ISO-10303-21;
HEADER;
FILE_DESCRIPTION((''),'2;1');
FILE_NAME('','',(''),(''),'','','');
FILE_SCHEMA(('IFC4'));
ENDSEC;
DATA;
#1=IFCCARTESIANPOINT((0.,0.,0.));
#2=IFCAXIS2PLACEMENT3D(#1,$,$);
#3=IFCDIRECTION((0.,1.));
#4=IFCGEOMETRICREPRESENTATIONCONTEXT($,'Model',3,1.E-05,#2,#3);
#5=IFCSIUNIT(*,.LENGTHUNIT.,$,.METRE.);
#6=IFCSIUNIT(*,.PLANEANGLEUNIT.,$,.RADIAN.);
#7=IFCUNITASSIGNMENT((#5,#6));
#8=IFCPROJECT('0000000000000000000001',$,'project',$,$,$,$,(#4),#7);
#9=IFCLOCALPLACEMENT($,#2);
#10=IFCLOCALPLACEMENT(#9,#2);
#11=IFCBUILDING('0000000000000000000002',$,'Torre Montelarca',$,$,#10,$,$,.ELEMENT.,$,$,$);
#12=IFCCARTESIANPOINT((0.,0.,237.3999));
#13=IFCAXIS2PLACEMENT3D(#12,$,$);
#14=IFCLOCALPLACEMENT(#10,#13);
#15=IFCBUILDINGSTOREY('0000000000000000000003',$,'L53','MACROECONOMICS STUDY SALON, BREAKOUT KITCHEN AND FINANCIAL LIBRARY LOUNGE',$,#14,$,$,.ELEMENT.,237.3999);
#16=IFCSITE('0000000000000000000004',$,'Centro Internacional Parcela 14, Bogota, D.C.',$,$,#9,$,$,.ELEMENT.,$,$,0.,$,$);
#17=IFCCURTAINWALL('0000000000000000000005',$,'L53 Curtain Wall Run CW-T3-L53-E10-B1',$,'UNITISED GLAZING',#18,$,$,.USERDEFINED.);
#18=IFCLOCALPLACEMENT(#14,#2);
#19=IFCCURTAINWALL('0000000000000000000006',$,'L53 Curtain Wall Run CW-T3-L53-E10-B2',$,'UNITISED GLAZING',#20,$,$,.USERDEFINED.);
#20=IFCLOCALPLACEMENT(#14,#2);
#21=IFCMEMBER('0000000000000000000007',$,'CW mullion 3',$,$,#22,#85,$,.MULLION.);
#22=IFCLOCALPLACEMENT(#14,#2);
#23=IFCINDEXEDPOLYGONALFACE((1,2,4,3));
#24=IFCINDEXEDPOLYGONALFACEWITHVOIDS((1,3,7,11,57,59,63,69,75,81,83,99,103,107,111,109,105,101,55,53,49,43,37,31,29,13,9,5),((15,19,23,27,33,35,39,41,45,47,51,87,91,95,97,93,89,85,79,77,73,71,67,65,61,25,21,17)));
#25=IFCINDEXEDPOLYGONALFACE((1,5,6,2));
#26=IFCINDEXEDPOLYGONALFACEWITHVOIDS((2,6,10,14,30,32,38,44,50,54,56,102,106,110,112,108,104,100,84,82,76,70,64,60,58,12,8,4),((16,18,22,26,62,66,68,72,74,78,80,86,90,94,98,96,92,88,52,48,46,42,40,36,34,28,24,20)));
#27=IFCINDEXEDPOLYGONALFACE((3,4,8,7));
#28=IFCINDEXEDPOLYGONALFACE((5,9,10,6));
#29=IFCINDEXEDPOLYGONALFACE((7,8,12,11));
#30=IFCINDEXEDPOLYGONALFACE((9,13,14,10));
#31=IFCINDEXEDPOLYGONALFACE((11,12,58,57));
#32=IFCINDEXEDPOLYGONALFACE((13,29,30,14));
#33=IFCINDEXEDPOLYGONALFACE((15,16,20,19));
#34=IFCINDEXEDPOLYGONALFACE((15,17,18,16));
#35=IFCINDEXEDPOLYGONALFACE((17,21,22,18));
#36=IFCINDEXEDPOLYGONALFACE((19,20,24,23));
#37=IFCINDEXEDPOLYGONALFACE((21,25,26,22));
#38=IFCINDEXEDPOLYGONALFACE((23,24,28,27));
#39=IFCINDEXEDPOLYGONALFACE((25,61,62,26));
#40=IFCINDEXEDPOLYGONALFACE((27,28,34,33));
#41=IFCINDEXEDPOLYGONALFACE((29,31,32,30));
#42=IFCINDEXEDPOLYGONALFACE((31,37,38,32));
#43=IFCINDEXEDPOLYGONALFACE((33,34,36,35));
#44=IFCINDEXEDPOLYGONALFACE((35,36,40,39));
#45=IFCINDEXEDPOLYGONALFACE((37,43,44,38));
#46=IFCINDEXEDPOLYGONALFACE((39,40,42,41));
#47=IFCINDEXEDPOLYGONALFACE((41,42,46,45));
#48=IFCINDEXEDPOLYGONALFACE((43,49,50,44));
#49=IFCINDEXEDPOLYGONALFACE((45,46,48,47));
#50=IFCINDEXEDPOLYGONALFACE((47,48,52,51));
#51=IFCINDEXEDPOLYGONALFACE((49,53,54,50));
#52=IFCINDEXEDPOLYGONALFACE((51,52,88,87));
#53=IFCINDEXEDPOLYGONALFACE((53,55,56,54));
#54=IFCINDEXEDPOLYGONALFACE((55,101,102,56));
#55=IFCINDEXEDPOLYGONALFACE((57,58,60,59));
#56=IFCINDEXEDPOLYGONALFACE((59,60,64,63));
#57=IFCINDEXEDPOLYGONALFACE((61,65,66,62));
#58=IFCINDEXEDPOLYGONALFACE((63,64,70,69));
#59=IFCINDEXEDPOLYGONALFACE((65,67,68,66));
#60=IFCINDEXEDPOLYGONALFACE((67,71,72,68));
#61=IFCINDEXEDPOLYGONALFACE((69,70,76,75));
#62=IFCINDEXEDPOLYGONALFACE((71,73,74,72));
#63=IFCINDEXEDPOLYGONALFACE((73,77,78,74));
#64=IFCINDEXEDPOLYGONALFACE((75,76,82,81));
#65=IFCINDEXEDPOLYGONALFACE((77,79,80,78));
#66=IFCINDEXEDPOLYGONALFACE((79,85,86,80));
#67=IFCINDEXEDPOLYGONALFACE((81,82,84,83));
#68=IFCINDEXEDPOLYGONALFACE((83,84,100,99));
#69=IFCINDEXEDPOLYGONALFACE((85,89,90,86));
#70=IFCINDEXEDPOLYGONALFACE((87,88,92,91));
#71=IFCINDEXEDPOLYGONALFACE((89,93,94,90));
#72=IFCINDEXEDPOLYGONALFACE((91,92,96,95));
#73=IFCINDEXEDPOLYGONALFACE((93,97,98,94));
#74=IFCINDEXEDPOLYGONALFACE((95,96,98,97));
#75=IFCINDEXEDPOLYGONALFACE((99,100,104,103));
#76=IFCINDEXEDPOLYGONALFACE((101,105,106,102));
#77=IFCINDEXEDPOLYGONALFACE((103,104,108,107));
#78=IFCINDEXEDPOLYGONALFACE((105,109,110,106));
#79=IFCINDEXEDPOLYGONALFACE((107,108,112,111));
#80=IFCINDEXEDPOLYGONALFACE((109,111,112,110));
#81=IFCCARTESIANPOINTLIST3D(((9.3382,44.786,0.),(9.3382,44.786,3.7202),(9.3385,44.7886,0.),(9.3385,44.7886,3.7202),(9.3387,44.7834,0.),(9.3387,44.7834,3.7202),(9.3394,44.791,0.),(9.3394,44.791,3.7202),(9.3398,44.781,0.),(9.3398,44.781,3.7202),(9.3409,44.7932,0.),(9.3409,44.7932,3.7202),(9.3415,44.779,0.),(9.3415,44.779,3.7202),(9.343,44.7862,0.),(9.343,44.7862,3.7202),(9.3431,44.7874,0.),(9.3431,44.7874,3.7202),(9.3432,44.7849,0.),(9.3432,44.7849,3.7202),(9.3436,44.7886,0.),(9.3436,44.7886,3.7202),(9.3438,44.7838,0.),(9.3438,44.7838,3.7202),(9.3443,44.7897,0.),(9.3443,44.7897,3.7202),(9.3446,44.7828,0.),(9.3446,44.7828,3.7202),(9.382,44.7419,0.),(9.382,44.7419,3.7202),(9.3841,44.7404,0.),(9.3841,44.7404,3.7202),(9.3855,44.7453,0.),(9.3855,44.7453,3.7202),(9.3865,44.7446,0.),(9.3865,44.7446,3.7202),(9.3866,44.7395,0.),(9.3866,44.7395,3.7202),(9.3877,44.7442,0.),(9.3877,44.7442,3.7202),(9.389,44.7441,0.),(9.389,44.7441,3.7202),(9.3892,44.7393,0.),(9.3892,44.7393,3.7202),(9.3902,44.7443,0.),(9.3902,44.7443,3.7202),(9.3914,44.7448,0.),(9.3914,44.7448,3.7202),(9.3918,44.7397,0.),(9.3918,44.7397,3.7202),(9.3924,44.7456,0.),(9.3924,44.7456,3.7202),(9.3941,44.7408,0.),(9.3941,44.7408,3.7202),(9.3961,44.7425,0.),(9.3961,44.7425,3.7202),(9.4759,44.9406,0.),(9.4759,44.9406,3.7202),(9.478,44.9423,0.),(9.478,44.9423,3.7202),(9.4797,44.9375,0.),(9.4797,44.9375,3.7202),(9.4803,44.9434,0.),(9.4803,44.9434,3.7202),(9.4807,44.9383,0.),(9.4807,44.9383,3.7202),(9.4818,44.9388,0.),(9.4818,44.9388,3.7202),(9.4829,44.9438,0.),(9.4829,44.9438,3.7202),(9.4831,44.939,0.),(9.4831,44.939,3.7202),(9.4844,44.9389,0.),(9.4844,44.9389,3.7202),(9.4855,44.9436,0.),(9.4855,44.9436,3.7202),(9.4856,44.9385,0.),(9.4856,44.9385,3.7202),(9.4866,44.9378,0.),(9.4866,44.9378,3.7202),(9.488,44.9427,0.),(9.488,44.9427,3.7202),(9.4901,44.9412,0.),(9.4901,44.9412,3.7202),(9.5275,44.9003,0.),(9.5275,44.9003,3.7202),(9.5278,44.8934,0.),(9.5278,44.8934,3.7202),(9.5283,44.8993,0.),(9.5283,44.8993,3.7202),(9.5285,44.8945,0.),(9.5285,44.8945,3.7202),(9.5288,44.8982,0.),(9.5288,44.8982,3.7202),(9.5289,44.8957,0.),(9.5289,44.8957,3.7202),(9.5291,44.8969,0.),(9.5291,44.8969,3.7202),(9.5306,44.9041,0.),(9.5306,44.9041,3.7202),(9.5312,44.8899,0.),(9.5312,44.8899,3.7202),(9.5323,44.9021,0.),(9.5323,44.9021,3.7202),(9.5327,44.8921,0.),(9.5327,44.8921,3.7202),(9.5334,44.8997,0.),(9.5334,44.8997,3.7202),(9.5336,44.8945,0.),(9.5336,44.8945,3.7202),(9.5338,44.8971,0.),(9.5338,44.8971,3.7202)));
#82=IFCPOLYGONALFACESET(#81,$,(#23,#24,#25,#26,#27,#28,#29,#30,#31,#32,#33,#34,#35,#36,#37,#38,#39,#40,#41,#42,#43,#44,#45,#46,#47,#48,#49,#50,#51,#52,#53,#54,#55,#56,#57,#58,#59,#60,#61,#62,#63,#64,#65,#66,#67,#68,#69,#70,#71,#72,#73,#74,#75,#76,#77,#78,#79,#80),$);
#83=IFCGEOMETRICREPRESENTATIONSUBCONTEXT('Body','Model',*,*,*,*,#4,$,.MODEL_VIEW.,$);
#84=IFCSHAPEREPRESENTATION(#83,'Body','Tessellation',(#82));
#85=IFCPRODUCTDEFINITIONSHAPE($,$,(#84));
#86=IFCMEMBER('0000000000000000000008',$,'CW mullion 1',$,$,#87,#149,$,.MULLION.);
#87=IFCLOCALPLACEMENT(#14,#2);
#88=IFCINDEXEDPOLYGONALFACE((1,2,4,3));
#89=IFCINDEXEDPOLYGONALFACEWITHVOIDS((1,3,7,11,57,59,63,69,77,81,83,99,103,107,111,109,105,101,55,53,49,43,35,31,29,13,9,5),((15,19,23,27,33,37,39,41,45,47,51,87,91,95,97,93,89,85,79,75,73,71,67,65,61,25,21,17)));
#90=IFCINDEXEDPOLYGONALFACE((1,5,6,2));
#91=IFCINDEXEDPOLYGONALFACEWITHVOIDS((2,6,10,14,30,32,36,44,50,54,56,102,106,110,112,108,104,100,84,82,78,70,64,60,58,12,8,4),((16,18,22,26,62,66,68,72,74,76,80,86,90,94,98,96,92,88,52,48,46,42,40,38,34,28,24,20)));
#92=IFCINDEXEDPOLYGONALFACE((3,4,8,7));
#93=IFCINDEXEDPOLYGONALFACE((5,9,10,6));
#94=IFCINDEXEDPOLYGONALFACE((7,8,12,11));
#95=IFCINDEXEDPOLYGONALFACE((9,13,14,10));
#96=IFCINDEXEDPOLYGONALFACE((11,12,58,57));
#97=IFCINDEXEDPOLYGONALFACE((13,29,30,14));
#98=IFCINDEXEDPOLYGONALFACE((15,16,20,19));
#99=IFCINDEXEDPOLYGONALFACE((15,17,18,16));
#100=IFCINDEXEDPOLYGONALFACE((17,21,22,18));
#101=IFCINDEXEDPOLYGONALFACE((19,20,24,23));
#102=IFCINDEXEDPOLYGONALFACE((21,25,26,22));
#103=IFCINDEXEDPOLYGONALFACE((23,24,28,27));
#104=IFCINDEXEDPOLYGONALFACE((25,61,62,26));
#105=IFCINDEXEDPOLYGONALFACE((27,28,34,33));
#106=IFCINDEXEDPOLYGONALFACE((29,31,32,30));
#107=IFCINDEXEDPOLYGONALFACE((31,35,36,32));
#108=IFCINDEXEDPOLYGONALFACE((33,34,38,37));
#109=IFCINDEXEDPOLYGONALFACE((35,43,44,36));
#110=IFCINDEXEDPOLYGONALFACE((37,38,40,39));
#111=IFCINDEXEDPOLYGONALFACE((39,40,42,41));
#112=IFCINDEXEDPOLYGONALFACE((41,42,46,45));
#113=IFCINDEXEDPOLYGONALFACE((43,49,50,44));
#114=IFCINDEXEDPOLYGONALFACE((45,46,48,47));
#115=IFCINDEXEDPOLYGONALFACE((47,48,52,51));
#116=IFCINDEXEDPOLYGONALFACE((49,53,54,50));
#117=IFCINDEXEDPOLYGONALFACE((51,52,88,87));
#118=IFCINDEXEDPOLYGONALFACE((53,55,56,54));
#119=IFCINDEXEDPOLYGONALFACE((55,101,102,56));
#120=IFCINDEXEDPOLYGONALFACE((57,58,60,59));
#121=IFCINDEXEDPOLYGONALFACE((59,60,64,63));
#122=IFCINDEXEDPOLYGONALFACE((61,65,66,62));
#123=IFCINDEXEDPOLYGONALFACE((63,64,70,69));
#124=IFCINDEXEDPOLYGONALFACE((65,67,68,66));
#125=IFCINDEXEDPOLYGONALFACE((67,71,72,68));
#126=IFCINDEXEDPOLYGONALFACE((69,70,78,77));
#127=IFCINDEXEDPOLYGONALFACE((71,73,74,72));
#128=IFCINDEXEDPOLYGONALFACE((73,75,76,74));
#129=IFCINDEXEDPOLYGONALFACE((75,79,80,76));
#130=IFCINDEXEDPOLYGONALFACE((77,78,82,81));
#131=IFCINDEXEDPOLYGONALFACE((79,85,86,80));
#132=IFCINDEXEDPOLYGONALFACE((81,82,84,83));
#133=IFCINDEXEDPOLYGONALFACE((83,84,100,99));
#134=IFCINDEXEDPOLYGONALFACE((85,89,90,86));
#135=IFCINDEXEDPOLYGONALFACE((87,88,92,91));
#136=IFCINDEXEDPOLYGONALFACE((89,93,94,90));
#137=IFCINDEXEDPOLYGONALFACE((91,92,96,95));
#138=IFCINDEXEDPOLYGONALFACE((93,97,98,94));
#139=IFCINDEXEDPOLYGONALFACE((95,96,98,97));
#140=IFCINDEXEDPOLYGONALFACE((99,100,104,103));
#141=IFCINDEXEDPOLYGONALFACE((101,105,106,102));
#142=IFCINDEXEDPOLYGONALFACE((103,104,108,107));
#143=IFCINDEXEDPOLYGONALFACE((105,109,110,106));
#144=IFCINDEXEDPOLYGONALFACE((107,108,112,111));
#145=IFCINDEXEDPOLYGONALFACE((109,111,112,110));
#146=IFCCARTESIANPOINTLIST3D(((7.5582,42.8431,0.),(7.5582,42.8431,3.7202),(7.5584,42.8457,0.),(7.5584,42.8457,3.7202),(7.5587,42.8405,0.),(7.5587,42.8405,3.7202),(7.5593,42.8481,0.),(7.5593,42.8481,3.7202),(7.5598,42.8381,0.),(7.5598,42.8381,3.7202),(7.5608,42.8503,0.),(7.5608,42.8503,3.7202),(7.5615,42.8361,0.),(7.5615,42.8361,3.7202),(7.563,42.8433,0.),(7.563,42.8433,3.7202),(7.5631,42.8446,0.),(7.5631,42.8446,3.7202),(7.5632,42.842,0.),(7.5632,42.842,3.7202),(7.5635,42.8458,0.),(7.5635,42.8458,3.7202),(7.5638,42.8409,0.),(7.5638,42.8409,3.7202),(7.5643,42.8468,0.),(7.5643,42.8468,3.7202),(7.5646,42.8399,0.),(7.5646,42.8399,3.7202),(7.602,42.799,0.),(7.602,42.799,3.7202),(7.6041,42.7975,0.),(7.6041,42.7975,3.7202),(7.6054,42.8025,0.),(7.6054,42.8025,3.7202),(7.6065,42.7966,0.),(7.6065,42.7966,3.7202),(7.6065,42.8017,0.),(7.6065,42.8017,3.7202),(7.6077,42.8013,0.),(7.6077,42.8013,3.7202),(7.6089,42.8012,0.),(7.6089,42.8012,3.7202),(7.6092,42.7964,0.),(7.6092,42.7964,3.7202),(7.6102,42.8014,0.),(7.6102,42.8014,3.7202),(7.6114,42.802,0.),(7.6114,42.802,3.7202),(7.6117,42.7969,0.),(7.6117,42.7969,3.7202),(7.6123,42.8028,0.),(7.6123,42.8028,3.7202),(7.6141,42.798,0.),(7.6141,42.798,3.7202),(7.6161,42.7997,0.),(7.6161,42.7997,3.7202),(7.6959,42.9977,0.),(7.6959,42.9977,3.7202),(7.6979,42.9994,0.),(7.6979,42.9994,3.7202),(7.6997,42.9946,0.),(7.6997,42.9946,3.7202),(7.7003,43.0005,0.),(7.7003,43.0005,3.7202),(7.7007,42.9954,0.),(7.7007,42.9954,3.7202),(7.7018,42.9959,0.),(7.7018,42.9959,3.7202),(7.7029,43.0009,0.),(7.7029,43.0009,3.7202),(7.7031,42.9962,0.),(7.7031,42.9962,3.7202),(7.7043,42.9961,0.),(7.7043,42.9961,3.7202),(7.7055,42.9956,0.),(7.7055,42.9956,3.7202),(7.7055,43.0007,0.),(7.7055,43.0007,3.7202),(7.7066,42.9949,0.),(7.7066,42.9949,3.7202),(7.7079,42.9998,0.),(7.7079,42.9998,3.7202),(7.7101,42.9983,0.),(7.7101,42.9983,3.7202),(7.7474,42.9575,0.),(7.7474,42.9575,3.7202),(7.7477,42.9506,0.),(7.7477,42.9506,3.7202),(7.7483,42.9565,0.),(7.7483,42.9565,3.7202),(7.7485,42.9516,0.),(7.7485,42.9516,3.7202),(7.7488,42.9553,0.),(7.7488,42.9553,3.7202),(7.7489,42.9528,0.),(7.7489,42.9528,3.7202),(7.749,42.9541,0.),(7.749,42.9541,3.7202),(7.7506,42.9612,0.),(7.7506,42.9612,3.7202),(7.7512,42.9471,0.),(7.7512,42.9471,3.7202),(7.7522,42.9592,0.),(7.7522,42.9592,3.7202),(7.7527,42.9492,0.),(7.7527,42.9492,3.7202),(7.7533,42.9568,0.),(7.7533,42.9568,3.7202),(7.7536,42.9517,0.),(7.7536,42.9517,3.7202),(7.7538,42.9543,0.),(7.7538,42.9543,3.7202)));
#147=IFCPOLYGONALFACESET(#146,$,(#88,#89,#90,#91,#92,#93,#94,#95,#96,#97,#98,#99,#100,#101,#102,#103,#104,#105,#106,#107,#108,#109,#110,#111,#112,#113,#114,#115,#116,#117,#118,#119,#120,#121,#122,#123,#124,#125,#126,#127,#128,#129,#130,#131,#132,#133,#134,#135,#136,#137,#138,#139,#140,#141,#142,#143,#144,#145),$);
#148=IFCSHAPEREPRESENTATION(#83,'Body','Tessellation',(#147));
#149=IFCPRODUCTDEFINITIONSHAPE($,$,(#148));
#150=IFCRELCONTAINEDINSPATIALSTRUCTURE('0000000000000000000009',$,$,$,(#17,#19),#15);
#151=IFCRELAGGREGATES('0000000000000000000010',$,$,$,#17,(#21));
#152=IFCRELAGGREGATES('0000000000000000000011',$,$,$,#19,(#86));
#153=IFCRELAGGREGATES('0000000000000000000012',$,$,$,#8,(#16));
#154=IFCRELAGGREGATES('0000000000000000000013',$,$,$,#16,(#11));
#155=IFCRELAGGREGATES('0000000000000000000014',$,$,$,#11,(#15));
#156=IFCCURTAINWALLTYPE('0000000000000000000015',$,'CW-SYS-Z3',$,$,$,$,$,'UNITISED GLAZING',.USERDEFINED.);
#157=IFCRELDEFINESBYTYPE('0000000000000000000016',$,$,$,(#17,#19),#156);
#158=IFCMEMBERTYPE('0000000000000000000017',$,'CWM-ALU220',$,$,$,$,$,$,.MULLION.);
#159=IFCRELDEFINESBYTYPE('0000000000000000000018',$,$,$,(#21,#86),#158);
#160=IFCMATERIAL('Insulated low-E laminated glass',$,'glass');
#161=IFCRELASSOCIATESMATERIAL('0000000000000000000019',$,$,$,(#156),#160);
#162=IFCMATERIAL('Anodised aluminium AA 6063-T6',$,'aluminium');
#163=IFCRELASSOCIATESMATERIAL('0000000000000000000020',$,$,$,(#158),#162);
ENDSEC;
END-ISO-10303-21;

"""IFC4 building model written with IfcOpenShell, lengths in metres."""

from ifc_helpers import new_model, si_unit, direction, frame, origin, origin_2d, place, context, subcontext, project, spatial, hollow_rectangle, extrude, source, transform, mapped, material, material_profile, profile_set, type_object, element, aggregate, save


model = new_model("IFC4")

# Units and contexts
model_context = context("Model", 3, precision=1e-05, world=origin(), true_north=direction((0.0, 1.0)))
body_context = subcontext(model_context, "Body", "Model", "MODEL_VIEW")
ifc_project = project(units=[si_unit("LENGTHUNIT", "METRE"), si_unit("PLANEANGLEUNIT", "RADIAN")], contexts=[model_context])

# Site, building, storey
site_placement = place(None, origin())
site = spatial("IfcSite", under=ifc_project, at=site_placement, Name="Centro Internacional Parcela 14, Bogota, D.C.", CompositionType="ELEMENT", RefElevation=0.0)
building_placement = place(site_placement, origin())
building = spatial("IfcBuilding", under=site, at=building_placement, Name="Torre Montelarca", CompositionType="ELEMENT")
storey_placement = place(building_placement, frame((0.0, 0.0, 237.3999)))
storey = spatial("IfcBuildingStorey", under=building, at=storey_placement, Name="L53", Description="MACROECONOMICS STUDY SALON, BREAKOUT KITCHEN AND FINANCIAL LIBRARY LOUNGE", CompositionType="ELEMENT", Elevation=237.3999)

# Curtain walls
ifc_material_1 = material(Name="Insulated low-E laminated glass", Category="glass")
curtain_wall_type = type_object("IfcCurtainWallType", Name="CW-SYS-Z3", ElementType="UNITISED GLAZING", PredefinedType="USERDEFINED", material=ifc_material_1)
curtain_wall_1_placement = place(storey_placement, origin())
curtain_wall_1 = element("IfcCurtainWall", 1, at=curtain_wall_1_placement, inside=storey, type_object=curtain_wall_type, Name="L53 Curtain Wall Run CW-T3-L53-E10-B1", ObjectType="UNITISED GLAZING", PredefinedType="USERDEFINED")
ifc_material_2 = material(Name="Anodised aluminium AA 6063-T6", Category="aluminium")
curtain_wall_2_placement = place(storey_placement, origin())
curtain_wall_2 = element("IfcCurtainWall", 2, at=curtain_wall_2_placement, inside=storey, type_object=curtain_wall_type, Name="L53 Curtain Wall Run CW-T3-L53-E10-B2", ObjectType="UNITISED GLAZING", PredefinedType="USERDEFINED")

# Members
ifc_material_profile_1 = material_profile(ifc_material_2, hollow_rectangle(XDim=0.075, YDim=0.22, WallThickness=0.0049, InnerFilletRadius=0.0049, OuterFilletRadius=0.01, at=origin_2d()), Name="ALU75X220X5", Category="aluminium")
ifc_profile_set_1 = profile_set([ifc_material_profile_1], Name="Anodised aluminium AA 6063-T6")
member_type_1 = type_object("IfcMemberType", Name="CWM-ALU220", PredefinedType="MULLION", material=ifc_profile_set_1)
shared_shape_1 = source(origin(), body_context, "Body", "SweptSolid", [
    extrude(hollow_rectangle(XDim=0.075, YDim=0.22, WallThickness=0.0049, InnerFilletRadius=0.0049, OuterFilletRadius=0.01, at=origin_2d()), origin(), (0.0, 0.0, 1.0), 3.7202),
])
member_1_placement = place(storey_placement, frame((9.436, 44.8416, 0.0), z_axis=(0.0, 0.0, 1.0), x_axis=(0.737271, -0.675597, 0.0)))
member_1 = element("IfcMember", 3, at=member_1_placement, type_object=member_type_1, Name="CW mullion 3", PredefinedType="MULLION", context=body_context, shape_type="MappedRepresentation", body=[
    mapped(shared_shape_1, transform((0.0, 0.0, 0.0), scale=1.0)),
])
member_2_placement = place(storey_placement, frame((7.656, 42.8987, 0.0), z_axis=(0.0, 0.0, 1.0), x_axis=(0.737279, -0.675588, 0.0)))
member_2 = element("IfcMember", 4, at=member_2_placement, type_object=member_type_1, Name="CW mullion 1", PredefinedType="MULLION", context=body_context, shape_type="MappedRepresentation", body=[
    mapped(shared_shape_1, transform((0.0, 0.0, 0.0), scale=1.0)),
])

aggregate(curtain_wall_1, [member_1])
aggregate(curtain_wall_2, [member_2])

save(model, "model.ifc")
